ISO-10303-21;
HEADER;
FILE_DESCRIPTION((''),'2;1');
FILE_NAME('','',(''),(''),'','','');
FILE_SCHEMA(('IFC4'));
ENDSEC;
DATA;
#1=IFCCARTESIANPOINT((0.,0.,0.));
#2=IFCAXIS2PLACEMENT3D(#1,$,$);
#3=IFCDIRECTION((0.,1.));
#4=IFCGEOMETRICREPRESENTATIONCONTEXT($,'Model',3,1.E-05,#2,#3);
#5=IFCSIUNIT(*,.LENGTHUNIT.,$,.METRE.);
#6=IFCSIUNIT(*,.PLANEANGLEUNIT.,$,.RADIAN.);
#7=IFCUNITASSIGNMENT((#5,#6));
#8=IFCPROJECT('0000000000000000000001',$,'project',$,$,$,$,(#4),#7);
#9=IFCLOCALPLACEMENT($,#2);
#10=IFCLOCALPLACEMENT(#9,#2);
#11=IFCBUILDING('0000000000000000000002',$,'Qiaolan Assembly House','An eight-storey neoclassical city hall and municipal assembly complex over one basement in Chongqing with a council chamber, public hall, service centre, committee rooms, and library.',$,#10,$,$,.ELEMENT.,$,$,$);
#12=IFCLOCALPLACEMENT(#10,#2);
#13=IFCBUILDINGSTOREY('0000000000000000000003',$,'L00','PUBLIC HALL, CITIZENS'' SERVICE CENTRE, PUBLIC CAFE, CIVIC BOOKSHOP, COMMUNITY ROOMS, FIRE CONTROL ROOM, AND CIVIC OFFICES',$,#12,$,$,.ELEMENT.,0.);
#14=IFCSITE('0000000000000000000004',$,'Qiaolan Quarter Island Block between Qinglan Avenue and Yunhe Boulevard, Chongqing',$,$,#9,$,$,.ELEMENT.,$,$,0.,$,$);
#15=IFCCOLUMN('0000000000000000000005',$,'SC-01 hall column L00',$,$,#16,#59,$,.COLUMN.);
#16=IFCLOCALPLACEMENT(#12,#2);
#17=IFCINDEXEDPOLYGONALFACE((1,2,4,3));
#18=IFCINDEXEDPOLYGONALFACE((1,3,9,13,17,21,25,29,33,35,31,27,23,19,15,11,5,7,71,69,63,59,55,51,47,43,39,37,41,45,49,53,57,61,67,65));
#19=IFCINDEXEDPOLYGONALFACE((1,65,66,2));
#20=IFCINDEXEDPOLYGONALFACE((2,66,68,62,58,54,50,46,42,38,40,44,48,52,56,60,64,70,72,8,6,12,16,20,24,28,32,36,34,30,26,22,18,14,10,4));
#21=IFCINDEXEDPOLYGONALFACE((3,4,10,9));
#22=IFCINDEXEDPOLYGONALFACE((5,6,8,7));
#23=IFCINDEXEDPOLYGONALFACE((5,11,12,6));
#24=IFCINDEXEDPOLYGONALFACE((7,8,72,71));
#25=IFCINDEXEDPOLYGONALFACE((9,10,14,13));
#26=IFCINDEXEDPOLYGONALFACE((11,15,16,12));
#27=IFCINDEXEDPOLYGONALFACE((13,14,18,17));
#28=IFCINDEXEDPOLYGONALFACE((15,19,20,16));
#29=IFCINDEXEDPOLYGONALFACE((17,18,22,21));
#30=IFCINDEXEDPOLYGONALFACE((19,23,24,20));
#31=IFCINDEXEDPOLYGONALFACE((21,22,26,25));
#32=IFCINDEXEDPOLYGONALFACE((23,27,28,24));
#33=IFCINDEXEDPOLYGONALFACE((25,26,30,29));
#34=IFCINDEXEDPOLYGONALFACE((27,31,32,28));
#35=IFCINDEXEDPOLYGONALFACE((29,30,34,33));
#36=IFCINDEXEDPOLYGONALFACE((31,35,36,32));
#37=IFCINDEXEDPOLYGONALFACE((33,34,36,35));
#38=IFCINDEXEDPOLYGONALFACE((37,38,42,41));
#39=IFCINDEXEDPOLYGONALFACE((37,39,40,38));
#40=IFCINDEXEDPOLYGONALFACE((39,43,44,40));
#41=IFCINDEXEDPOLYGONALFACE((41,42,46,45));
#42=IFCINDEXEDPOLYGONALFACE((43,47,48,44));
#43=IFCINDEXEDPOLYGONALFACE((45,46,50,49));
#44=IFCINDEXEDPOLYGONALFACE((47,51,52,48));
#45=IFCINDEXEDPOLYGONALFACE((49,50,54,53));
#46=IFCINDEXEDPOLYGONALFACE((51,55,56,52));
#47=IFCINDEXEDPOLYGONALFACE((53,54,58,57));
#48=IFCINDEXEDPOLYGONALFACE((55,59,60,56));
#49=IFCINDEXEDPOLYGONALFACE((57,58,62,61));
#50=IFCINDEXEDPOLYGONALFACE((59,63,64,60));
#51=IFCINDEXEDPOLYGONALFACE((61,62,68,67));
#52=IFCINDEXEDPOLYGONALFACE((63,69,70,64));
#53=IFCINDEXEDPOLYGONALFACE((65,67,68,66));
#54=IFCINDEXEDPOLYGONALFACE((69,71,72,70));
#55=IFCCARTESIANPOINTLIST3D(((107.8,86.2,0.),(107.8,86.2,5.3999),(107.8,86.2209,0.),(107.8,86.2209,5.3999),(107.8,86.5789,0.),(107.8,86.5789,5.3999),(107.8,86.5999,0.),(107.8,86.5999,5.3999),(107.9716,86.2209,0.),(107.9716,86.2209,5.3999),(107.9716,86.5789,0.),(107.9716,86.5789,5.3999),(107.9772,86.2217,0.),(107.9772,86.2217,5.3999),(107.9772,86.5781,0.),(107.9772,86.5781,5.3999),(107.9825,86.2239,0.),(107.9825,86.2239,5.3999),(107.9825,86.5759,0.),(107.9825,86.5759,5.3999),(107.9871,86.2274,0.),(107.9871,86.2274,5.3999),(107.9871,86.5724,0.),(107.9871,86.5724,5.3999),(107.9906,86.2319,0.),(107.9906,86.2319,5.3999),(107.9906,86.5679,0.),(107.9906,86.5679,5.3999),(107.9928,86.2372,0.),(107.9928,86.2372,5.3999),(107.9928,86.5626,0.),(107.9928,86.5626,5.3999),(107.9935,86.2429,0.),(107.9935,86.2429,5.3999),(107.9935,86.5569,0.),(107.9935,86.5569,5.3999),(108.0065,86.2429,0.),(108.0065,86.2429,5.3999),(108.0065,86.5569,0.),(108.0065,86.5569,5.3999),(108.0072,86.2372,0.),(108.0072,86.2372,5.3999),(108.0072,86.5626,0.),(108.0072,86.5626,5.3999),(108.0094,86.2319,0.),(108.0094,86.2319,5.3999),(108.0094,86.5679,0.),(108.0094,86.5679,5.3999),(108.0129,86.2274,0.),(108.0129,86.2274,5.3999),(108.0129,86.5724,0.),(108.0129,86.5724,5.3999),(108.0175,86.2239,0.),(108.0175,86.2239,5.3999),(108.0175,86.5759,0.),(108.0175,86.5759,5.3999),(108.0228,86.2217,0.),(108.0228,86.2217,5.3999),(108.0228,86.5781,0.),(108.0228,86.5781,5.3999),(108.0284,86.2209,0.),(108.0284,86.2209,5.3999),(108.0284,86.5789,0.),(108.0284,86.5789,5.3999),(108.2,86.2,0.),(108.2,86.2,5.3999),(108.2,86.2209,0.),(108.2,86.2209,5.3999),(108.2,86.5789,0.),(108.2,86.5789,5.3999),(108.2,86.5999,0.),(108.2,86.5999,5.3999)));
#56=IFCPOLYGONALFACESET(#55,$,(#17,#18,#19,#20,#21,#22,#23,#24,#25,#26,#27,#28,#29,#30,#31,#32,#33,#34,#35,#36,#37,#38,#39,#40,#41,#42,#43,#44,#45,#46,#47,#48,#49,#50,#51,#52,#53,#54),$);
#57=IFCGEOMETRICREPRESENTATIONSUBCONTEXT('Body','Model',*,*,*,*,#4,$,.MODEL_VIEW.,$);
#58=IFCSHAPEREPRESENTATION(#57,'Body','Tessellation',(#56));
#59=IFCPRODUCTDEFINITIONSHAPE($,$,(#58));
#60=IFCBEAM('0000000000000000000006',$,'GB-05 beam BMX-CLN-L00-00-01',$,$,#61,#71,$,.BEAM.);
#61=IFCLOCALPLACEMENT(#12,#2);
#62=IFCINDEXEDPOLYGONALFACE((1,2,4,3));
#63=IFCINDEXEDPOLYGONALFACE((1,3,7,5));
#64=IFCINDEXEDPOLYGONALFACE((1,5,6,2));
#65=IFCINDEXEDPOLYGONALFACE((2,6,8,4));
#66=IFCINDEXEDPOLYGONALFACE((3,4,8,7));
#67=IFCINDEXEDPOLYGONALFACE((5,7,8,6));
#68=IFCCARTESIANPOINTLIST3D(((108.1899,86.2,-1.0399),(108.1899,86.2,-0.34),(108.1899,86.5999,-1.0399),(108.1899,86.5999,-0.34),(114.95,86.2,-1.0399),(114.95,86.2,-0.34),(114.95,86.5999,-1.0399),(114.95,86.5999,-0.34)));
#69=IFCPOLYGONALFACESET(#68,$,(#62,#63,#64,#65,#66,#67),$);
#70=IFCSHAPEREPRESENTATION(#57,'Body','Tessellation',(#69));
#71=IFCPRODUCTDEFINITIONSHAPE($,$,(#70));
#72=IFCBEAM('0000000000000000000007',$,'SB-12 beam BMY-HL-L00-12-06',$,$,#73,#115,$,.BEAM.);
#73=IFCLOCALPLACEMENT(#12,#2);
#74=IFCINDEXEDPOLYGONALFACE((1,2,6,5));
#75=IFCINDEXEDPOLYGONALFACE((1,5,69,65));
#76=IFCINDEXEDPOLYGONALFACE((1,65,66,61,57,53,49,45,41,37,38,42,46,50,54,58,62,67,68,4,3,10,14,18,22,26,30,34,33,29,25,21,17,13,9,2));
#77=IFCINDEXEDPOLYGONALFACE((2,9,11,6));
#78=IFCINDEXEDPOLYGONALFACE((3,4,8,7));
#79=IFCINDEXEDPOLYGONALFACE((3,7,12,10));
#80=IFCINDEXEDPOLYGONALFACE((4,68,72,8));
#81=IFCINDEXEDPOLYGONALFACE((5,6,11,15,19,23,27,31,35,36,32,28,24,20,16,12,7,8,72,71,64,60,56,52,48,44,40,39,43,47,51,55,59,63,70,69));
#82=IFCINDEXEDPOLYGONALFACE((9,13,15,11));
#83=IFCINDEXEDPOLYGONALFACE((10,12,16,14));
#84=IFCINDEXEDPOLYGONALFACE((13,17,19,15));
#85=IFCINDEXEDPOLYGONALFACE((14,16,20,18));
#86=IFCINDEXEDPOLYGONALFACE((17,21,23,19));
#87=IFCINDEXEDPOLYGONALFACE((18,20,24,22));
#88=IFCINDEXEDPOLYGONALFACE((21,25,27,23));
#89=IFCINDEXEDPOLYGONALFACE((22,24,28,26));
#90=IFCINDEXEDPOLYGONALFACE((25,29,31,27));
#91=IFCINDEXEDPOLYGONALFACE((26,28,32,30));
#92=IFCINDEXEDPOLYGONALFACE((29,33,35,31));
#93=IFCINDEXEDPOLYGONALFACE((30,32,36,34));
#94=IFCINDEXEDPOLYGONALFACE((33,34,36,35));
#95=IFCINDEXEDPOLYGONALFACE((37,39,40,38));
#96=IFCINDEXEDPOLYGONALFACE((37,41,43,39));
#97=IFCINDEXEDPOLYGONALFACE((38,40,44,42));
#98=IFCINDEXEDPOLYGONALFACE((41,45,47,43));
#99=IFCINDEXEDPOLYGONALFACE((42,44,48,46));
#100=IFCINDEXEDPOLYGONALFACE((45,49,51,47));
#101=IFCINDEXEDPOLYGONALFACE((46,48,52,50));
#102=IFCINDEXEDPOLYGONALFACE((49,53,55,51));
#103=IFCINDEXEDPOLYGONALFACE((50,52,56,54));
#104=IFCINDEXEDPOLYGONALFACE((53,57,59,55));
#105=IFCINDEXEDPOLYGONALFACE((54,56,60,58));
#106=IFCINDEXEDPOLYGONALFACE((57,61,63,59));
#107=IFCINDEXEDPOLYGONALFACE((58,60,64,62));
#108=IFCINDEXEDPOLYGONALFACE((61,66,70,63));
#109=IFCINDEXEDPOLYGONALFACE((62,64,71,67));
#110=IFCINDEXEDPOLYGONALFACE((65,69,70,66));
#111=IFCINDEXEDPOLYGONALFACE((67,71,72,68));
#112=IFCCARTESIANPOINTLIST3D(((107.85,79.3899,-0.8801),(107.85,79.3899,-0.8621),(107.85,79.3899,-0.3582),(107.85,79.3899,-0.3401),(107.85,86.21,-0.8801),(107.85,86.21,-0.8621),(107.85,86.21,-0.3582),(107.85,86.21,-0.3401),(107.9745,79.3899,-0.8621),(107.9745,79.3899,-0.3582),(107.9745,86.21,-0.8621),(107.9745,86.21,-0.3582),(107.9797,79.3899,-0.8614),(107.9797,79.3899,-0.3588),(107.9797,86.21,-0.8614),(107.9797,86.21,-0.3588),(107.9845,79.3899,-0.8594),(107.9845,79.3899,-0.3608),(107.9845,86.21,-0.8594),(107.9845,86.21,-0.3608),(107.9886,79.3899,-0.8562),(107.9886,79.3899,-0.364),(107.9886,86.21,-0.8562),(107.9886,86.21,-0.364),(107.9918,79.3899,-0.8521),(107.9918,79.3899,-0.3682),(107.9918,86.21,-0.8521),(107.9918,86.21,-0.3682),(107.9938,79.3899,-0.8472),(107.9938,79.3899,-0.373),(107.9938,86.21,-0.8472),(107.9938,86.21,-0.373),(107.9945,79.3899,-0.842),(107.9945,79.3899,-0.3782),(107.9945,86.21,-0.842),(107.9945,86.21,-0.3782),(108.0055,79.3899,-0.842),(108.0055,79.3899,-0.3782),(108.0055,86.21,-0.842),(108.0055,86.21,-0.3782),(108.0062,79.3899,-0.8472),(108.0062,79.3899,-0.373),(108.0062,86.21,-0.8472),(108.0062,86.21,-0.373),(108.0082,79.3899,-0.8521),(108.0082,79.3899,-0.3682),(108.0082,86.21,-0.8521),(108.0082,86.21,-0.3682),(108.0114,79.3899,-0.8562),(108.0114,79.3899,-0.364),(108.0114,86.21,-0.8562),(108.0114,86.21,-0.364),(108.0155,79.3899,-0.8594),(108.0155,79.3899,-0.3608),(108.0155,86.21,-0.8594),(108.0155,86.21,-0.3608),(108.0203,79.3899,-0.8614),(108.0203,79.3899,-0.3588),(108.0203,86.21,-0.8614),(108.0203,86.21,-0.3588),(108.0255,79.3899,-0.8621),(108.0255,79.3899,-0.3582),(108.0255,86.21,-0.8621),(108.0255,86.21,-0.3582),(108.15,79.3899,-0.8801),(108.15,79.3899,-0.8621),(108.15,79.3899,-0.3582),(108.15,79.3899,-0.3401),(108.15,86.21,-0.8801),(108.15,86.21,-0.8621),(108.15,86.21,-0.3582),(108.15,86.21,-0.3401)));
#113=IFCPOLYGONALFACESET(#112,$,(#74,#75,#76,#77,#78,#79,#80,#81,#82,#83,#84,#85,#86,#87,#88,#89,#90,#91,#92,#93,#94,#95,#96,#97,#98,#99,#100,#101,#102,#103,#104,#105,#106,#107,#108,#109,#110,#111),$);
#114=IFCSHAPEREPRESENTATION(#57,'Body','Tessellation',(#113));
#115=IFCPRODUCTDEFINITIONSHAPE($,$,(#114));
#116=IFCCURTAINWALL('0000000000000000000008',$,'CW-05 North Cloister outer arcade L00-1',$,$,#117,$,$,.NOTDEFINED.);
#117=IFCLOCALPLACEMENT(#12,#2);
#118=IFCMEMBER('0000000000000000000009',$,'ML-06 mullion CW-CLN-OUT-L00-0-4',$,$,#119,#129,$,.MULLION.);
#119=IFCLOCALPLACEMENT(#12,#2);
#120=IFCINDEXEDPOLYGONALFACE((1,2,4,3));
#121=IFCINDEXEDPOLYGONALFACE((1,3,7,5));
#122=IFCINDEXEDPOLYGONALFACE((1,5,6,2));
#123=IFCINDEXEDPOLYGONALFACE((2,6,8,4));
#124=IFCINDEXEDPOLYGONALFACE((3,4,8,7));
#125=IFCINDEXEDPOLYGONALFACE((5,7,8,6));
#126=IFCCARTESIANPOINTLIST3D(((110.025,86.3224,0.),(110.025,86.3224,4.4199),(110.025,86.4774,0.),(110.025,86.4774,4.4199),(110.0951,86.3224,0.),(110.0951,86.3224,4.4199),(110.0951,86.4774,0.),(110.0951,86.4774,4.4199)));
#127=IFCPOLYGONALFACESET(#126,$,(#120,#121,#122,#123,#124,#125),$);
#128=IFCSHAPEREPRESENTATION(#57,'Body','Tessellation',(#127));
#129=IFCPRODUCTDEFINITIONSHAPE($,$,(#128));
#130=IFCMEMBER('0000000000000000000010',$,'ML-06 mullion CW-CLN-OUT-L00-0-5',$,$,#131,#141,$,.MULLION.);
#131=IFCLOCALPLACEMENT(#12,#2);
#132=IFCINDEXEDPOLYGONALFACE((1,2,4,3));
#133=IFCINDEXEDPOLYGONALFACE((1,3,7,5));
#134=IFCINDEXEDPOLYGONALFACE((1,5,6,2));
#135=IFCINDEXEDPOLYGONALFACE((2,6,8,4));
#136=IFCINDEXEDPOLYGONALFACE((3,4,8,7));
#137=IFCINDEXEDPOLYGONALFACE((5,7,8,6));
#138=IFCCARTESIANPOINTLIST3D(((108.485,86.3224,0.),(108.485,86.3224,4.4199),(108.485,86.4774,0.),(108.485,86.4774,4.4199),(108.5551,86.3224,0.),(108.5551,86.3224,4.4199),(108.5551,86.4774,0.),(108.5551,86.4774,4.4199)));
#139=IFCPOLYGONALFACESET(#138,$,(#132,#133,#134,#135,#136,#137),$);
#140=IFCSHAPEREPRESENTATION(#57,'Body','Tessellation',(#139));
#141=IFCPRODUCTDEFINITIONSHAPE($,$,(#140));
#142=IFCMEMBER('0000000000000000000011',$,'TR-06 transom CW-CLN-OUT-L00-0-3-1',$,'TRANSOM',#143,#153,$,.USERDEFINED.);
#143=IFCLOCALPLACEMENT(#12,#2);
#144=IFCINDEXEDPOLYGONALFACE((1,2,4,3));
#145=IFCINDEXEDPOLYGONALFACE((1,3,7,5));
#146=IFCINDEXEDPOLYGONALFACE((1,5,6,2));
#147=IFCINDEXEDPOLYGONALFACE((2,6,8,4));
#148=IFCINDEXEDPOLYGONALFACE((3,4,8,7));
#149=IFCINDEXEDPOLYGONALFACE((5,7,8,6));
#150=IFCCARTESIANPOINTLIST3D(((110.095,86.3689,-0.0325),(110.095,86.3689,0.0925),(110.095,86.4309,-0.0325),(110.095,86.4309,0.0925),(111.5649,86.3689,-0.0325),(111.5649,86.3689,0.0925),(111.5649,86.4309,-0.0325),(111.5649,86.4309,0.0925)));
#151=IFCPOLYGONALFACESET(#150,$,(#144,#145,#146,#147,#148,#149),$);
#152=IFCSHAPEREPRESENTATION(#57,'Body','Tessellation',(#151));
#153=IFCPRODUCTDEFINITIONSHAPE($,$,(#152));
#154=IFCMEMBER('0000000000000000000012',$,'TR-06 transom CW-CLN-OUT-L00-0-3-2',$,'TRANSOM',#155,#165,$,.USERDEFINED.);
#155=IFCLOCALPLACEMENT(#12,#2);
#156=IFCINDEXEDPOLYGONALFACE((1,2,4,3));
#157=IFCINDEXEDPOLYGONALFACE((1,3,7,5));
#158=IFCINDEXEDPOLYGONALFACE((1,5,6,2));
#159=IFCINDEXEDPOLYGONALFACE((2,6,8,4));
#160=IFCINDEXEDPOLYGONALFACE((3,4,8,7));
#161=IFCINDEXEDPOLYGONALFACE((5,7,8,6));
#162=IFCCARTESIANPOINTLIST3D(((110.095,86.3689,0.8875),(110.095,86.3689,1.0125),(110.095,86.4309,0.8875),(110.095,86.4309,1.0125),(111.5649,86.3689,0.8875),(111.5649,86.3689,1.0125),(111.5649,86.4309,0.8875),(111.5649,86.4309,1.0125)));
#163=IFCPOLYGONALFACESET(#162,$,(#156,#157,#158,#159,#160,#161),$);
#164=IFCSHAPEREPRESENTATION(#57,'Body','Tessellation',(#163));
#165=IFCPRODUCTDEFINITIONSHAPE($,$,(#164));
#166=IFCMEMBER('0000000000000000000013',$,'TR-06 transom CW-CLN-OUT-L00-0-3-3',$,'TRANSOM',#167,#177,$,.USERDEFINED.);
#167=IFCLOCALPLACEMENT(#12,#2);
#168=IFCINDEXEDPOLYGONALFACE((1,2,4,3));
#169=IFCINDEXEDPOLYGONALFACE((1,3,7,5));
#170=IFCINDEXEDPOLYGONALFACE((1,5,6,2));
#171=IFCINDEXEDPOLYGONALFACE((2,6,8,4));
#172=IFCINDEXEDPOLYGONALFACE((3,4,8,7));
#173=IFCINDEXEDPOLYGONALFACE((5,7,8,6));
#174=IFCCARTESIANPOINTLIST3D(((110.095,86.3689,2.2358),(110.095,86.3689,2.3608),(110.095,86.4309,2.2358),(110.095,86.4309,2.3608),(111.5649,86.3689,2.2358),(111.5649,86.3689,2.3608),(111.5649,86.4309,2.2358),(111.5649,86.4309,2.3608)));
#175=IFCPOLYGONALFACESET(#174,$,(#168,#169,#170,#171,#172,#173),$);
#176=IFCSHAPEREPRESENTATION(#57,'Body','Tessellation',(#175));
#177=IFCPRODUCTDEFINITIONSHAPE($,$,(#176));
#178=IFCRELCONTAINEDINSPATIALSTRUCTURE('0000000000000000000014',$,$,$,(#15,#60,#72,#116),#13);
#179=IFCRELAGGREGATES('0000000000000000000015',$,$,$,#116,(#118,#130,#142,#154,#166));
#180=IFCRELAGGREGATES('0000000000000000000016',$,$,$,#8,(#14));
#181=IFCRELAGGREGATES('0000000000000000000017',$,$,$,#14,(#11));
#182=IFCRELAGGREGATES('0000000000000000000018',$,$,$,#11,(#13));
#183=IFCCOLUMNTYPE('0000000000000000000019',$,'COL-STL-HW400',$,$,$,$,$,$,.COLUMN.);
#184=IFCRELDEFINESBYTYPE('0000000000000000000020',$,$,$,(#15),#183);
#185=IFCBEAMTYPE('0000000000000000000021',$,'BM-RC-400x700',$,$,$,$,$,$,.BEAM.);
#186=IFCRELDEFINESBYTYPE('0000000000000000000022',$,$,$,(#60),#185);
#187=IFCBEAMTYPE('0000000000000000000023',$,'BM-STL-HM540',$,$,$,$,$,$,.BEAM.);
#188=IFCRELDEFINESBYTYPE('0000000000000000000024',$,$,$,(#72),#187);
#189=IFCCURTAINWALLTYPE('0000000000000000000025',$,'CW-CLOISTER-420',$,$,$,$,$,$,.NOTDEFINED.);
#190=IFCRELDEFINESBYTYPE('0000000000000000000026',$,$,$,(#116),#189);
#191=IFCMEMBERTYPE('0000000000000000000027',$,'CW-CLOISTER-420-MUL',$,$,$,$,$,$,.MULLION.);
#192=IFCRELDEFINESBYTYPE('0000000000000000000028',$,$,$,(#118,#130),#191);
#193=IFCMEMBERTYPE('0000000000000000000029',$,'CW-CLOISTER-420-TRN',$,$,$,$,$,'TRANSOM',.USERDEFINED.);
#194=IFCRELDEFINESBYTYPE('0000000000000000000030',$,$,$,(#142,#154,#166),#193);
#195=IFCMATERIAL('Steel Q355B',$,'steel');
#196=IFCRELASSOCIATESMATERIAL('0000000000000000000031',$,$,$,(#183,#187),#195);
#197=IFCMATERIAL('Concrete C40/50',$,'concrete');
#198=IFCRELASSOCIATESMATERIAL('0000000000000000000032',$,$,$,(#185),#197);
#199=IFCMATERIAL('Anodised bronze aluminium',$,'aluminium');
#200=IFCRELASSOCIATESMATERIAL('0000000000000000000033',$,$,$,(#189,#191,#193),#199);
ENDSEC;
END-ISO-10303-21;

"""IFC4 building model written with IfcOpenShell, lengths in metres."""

from ifc_helpers import new_model, si_unit, direction, frame, origin, origin_2d, place, context, subcontext, project, spatial, rectangle, i_section, extrude, material, material_profile, profile_set, type_object, element, aggregate, save


model = new_model("IFC4")

# Units and contexts
model_context = context("Model", 3, precision=1e-05, world=origin(), true_north=direction((0.0, 1.0)))
body_context = subcontext(model_context, "Body", "Model", "MODEL_VIEW")
ifc_project = project(units=[si_unit("LENGTHUNIT", "METRE"), si_unit("PLANEANGLEUNIT", "RADIAN")], contexts=[model_context])

# Site, building, storey
site_placement = place(None, origin())
site = spatial("IfcSite", under=ifc_project, at=site_placement, Name="Qiaolan Quarter Island Block between Qinglan Avenue and Yunhe Boulevard, Chongqing", CompositionType="ELEMENT", RefElevation=0.0)
building_placement = place(site_placement, origin())
building = spatial("IfcBuilding", under=site, at=building_placement, Name="Qiaolan Assembly House", Description="An eight-storey neoclassical city hall and municipal assembly complex over one basement in Chongqing with a council chamber, public hall, service centre, committee rooms, and library.", CompositionType="ELEMENT")
storey_placement = place(building_placement, origin())
storey = spatial("IfcBuildingStorey", under=building, at=storey_placement, Name="L00", Description="PUBLIC HALL, CITIZENS' SERVICE CENTRE, PUBLIC CAFE, CIVIC BOOKSHOP, COMMUNITY ROOMS, FIRE CONTROL ROOM, AND CIVIC OFFICES", CompositionType="ELEMENT", Elevation=0.0)

# Column
ifc_material_1 = material(Name="Steel Q355B", Category="steel")
ifc_material_profile_1 = material_profile(ifc_material_1, i_section(OverallWidth=0.3999, OverallDepth=0.3999, WebThickness=0.0129, FlangeThickness=0.021, FilletRadius=0.022, at=origin_2d()), Name="HW 400x400x13x21")
ifc_profile_set_1 = profile_set([ifc_material_profile_1], Name="Steel Q355B")
column_type = type_object("IfcColumnType", Name="COL-STL-HW400", PredefinedType="COLUMN", material=ifc_profile_set_1)
column_placement = place(storey_placement, frame((108.0, 86.3999, 0.0), z_axis=(0.0, 0.0, 1.0), x_axis=(1.0, 0.0, 0.0)))
element("IfcColumn", 1, at=column_placement, inside=storey, type_object=column_type, Name="SC-01 hall column L00", PredefinedType="COLUMN", context=body_context, shape_type="SweptSolid", body=[
    extrude(i_section(OverallWidth=0.3999, OverallDepth=0.3999, WebThickness=0.0129, FlangeThickness=0.021, FilletRadius=0.022, at=origin_2d()), origin(), (0.0, 0.0, 1.0), 5.3999),
])

# Beams
ifc_material_2 = material(Name="Concrete C40/50", Category="concrete")
ifc_material_profile_2 = material_profile(ifc_material_2, rectangle(XDim=0.3999, YDim=0.7, at=origin_2d()), Name="RCB 400x700")
ifc_profile_set_2 = profile_set([ifc_material_profile_2], Name="Concrete C40/50")
beam_type_1 = type_object("IfcBeamType", Name="BM-RC-400x700", PredefinedType="BEAM", material=ifc_profile_set_2)
beam_1_placement = place(storey_placement, frame((108.1899, 86.3999, -0.6899), z_axis=(1.0, 0.0, 0.0), x_axis=(0.0, 1.0, 0.0)))
element("IfcBeam", 2, at=beam_1_placement, inside=storey, type_object=beam_type_1, Name="GB-05 beam BMX-CLN-L00-00-01", PredefinedType="BEAM", context=body_context, shape_type="SweptSolid", body=[
    extrude(rectangle(XDim=0.3999, YDim=0.7, at=origin_2d()), origin(), (0.0, 0.0, 1.0), 6.76),
])
ifc_material_profile_3 = material_profile(ifc_material_1, i_section(OverallWidth=0.3, OverallDepth=0.54, WebThickness=0.011, FlangeThickness=0.0181, FilletRadius=0.02, at=origin_2d()), Name="HM 540x300x11x18")
ifc_profile_set_3 = profile_set([ifc_material_profile_3], Name="Steel Q355B")
beam_type_2 = type_object("IfcBeamType", Name="BM-STL-HM540", PredefinedType="BEAM", material=ifc_profile_set_3)
beam_2_placement = place(storey_placement, frame((108.0, 79.3899, -0.6101), z_axis=(0.0, 1.0, 0.0), x_axis=(-1.0, 0.0, 0.0)))
element("IfcBeam", 3, at=beam_2_placement, inside=storey, type_object=beam_type_2, Name="SB-12 beam BMY-HL-L00-12-06", PredefinedType="BEAM", context=body_context, shape_type="SweptSolid", body=[
    extrude(i_section(OverallWidth=0.3, OverallDepth=0.54, WebThickness=0.011, FlangeThickness=0.0181, FilletRadius=0.02, at=origin_2d()), origin(), (0.0, 0.0, 1.0), 6.8201),
])

# Curtain wall, members
ifc_material_3 = material(Name="Anodised bronze aluminium", Category="aluminium")
curtain_wall_type_1 = type_object("IfcCurtainWallType", Name="CW-CLOISTER-420", PredefinedType="NOTDEFINED", material=ifc_material_3)
curtain_wall_1_placement = place(storey_placement, origin())
curtain_wall_1 = element("IfcCurtainWall", 4, at=curtain_wall_1_placement, inside=storey, type_object=curtain_wall_type_1, Name="CW-05 North Cloister outer arcade L00-1", PredefinedType="NOTDEFINED")
ifc_material_profile_4 = material_profile(ifc_material_3, rectangle(XDim=0.0701, YDim=0.155, at=origin_2d()), Name="MUL 70x155")
ifc_profile_set_4 = profile_set([ifc_material_profile_4], Name="Anodised bronze aluminium")
member_type_1 = type_object("IfcMemberType", Name="CW-CLOISTER-420-MUL", PredefinedType="MULLION", material=ifc_profile_set_4)
member_1_placement = place(storey_placement, frame((110.0601, 86.3999, 0.0), z_axis=(0.0, 0.0, 1.0), x_axis=(-1.0, 0.0, 0.0)))
member_1 = element("IfcMember", 5, at=member_1_placement, type_object=member_type_1, Name="ML-06 mullion CW-CLN-OUT-L00-0-4", PredefinedType="MULLION", context=body_context, shape_type="SweptSolid", body=[
    extrude(rectangle(XDim=0.0701, YDim=0.155, at=origin_2d()), origin(), (0.0, 0.0, 1.0), 4.4199),
])
member_2_placement = place(storey_placement, frame((108.52, 86.3999, 0.0), z_axis=(0.0, 0.0, 1.0), x_axis=(-1.0, 0.0, 0.0)))
member_2 = element("IfcMember", 6, at=member_2_placement, type_object=member_type_1, Name="ML-06 mullion CW-CLN-OUT-L00-0-5", PredefinedType="MULLION", context=body_context, shape_type="SweptSolid", body=[
    extrude(rectangle(XDim=0.0701, YDim=0.155, at=origin_2d()), origin(), (0.0, 0.0, 1.0), 4.4199),
])
ifc_material_profile_5 = material_profile(ifc_material_3, rectangle(XDim=0.062, YDim=0.125, at=origin_2d()), Name="TRN 62x125")
ifc_profile_set_5 = profile_set([ifc_material_profile_5], Name="Anodised bronze aluminium")
member_type_2 = type_object("IfcMemberType", Name="CW-CLOISTER-420-TRN", ElementType="TRANSOM", PredefinedType="USERDEFINED", material=ifc_profile_set_5)
member_3_placement = place(storey_placement, frame((111.5649, 86.3999, 0.03), z_axis=(-1.0, 0.0, 0.0), x_axis=(0.0, -1.0, 0.0)))
member_3 = element("IfcMember", 7, at=member_3_placement, type_object=member_type_2, Name="TR-06 transom CW-CLN-OUT-L00-0-3-1", ObjectType="TRANSOM", PredefinedType="USERDEFINED", context=body_context, shape_type="SweptSolid", body=[
    extrude(rectangle(XDim=0.062, YDim=0.125, at=origin_2d()), origin(), (0.0, 0.0, 1.0), 1.47),
])
member_4_placement = place(storey_placement, frame((111.5649, 86.3999, 0.95), z_axis=(-1.0, 0.0, 0.0), x_axis=(0.0, -1.0, 0.0)))
member_4 = element("IfcMember", 8, at=member_4_placement, type_object=member_type_2, Name="TR-06 transom CW-CLN-OUT-L00-0-3-2", ObjectType="TRANSOM", PredefinedType="USERDEFINED", context=body_context, shape_type="SweptSolid", body=[
    extrude(rectangle(XDim=0.062, YDim=0.125, at=origin_2d()), origin(), (0.0, 0.0, 1.0), 1.47),
])
member_5_placement = place(storey_placement, frame((111.5649, 86.3999, 2.2983), z_axis=(-1.0, 0.0, 0.0), x_axis=(0.0, -1.0, 0.0)))
member_5 = element("IfcMember", 9, at=member_5_placement, type_object=member_type_2, Name="TR-06 transom CW-CLN-OUT-L00-0-3-3", ObjectType="TRANSOM", PredefinedType="USERDEFINED", context=body_context, shape_type="SweptSolid", body=[
    extrude(rectangle(XDim=0.062, YDim=0.125, at=origin_2d()), origin(), (0.0, 0.0, 1.0), 1.47),
])

aggregate(curtain_wall_1, [member_1, member_2, member_3, member_4, member_5])

save(model, "model.ifc")
